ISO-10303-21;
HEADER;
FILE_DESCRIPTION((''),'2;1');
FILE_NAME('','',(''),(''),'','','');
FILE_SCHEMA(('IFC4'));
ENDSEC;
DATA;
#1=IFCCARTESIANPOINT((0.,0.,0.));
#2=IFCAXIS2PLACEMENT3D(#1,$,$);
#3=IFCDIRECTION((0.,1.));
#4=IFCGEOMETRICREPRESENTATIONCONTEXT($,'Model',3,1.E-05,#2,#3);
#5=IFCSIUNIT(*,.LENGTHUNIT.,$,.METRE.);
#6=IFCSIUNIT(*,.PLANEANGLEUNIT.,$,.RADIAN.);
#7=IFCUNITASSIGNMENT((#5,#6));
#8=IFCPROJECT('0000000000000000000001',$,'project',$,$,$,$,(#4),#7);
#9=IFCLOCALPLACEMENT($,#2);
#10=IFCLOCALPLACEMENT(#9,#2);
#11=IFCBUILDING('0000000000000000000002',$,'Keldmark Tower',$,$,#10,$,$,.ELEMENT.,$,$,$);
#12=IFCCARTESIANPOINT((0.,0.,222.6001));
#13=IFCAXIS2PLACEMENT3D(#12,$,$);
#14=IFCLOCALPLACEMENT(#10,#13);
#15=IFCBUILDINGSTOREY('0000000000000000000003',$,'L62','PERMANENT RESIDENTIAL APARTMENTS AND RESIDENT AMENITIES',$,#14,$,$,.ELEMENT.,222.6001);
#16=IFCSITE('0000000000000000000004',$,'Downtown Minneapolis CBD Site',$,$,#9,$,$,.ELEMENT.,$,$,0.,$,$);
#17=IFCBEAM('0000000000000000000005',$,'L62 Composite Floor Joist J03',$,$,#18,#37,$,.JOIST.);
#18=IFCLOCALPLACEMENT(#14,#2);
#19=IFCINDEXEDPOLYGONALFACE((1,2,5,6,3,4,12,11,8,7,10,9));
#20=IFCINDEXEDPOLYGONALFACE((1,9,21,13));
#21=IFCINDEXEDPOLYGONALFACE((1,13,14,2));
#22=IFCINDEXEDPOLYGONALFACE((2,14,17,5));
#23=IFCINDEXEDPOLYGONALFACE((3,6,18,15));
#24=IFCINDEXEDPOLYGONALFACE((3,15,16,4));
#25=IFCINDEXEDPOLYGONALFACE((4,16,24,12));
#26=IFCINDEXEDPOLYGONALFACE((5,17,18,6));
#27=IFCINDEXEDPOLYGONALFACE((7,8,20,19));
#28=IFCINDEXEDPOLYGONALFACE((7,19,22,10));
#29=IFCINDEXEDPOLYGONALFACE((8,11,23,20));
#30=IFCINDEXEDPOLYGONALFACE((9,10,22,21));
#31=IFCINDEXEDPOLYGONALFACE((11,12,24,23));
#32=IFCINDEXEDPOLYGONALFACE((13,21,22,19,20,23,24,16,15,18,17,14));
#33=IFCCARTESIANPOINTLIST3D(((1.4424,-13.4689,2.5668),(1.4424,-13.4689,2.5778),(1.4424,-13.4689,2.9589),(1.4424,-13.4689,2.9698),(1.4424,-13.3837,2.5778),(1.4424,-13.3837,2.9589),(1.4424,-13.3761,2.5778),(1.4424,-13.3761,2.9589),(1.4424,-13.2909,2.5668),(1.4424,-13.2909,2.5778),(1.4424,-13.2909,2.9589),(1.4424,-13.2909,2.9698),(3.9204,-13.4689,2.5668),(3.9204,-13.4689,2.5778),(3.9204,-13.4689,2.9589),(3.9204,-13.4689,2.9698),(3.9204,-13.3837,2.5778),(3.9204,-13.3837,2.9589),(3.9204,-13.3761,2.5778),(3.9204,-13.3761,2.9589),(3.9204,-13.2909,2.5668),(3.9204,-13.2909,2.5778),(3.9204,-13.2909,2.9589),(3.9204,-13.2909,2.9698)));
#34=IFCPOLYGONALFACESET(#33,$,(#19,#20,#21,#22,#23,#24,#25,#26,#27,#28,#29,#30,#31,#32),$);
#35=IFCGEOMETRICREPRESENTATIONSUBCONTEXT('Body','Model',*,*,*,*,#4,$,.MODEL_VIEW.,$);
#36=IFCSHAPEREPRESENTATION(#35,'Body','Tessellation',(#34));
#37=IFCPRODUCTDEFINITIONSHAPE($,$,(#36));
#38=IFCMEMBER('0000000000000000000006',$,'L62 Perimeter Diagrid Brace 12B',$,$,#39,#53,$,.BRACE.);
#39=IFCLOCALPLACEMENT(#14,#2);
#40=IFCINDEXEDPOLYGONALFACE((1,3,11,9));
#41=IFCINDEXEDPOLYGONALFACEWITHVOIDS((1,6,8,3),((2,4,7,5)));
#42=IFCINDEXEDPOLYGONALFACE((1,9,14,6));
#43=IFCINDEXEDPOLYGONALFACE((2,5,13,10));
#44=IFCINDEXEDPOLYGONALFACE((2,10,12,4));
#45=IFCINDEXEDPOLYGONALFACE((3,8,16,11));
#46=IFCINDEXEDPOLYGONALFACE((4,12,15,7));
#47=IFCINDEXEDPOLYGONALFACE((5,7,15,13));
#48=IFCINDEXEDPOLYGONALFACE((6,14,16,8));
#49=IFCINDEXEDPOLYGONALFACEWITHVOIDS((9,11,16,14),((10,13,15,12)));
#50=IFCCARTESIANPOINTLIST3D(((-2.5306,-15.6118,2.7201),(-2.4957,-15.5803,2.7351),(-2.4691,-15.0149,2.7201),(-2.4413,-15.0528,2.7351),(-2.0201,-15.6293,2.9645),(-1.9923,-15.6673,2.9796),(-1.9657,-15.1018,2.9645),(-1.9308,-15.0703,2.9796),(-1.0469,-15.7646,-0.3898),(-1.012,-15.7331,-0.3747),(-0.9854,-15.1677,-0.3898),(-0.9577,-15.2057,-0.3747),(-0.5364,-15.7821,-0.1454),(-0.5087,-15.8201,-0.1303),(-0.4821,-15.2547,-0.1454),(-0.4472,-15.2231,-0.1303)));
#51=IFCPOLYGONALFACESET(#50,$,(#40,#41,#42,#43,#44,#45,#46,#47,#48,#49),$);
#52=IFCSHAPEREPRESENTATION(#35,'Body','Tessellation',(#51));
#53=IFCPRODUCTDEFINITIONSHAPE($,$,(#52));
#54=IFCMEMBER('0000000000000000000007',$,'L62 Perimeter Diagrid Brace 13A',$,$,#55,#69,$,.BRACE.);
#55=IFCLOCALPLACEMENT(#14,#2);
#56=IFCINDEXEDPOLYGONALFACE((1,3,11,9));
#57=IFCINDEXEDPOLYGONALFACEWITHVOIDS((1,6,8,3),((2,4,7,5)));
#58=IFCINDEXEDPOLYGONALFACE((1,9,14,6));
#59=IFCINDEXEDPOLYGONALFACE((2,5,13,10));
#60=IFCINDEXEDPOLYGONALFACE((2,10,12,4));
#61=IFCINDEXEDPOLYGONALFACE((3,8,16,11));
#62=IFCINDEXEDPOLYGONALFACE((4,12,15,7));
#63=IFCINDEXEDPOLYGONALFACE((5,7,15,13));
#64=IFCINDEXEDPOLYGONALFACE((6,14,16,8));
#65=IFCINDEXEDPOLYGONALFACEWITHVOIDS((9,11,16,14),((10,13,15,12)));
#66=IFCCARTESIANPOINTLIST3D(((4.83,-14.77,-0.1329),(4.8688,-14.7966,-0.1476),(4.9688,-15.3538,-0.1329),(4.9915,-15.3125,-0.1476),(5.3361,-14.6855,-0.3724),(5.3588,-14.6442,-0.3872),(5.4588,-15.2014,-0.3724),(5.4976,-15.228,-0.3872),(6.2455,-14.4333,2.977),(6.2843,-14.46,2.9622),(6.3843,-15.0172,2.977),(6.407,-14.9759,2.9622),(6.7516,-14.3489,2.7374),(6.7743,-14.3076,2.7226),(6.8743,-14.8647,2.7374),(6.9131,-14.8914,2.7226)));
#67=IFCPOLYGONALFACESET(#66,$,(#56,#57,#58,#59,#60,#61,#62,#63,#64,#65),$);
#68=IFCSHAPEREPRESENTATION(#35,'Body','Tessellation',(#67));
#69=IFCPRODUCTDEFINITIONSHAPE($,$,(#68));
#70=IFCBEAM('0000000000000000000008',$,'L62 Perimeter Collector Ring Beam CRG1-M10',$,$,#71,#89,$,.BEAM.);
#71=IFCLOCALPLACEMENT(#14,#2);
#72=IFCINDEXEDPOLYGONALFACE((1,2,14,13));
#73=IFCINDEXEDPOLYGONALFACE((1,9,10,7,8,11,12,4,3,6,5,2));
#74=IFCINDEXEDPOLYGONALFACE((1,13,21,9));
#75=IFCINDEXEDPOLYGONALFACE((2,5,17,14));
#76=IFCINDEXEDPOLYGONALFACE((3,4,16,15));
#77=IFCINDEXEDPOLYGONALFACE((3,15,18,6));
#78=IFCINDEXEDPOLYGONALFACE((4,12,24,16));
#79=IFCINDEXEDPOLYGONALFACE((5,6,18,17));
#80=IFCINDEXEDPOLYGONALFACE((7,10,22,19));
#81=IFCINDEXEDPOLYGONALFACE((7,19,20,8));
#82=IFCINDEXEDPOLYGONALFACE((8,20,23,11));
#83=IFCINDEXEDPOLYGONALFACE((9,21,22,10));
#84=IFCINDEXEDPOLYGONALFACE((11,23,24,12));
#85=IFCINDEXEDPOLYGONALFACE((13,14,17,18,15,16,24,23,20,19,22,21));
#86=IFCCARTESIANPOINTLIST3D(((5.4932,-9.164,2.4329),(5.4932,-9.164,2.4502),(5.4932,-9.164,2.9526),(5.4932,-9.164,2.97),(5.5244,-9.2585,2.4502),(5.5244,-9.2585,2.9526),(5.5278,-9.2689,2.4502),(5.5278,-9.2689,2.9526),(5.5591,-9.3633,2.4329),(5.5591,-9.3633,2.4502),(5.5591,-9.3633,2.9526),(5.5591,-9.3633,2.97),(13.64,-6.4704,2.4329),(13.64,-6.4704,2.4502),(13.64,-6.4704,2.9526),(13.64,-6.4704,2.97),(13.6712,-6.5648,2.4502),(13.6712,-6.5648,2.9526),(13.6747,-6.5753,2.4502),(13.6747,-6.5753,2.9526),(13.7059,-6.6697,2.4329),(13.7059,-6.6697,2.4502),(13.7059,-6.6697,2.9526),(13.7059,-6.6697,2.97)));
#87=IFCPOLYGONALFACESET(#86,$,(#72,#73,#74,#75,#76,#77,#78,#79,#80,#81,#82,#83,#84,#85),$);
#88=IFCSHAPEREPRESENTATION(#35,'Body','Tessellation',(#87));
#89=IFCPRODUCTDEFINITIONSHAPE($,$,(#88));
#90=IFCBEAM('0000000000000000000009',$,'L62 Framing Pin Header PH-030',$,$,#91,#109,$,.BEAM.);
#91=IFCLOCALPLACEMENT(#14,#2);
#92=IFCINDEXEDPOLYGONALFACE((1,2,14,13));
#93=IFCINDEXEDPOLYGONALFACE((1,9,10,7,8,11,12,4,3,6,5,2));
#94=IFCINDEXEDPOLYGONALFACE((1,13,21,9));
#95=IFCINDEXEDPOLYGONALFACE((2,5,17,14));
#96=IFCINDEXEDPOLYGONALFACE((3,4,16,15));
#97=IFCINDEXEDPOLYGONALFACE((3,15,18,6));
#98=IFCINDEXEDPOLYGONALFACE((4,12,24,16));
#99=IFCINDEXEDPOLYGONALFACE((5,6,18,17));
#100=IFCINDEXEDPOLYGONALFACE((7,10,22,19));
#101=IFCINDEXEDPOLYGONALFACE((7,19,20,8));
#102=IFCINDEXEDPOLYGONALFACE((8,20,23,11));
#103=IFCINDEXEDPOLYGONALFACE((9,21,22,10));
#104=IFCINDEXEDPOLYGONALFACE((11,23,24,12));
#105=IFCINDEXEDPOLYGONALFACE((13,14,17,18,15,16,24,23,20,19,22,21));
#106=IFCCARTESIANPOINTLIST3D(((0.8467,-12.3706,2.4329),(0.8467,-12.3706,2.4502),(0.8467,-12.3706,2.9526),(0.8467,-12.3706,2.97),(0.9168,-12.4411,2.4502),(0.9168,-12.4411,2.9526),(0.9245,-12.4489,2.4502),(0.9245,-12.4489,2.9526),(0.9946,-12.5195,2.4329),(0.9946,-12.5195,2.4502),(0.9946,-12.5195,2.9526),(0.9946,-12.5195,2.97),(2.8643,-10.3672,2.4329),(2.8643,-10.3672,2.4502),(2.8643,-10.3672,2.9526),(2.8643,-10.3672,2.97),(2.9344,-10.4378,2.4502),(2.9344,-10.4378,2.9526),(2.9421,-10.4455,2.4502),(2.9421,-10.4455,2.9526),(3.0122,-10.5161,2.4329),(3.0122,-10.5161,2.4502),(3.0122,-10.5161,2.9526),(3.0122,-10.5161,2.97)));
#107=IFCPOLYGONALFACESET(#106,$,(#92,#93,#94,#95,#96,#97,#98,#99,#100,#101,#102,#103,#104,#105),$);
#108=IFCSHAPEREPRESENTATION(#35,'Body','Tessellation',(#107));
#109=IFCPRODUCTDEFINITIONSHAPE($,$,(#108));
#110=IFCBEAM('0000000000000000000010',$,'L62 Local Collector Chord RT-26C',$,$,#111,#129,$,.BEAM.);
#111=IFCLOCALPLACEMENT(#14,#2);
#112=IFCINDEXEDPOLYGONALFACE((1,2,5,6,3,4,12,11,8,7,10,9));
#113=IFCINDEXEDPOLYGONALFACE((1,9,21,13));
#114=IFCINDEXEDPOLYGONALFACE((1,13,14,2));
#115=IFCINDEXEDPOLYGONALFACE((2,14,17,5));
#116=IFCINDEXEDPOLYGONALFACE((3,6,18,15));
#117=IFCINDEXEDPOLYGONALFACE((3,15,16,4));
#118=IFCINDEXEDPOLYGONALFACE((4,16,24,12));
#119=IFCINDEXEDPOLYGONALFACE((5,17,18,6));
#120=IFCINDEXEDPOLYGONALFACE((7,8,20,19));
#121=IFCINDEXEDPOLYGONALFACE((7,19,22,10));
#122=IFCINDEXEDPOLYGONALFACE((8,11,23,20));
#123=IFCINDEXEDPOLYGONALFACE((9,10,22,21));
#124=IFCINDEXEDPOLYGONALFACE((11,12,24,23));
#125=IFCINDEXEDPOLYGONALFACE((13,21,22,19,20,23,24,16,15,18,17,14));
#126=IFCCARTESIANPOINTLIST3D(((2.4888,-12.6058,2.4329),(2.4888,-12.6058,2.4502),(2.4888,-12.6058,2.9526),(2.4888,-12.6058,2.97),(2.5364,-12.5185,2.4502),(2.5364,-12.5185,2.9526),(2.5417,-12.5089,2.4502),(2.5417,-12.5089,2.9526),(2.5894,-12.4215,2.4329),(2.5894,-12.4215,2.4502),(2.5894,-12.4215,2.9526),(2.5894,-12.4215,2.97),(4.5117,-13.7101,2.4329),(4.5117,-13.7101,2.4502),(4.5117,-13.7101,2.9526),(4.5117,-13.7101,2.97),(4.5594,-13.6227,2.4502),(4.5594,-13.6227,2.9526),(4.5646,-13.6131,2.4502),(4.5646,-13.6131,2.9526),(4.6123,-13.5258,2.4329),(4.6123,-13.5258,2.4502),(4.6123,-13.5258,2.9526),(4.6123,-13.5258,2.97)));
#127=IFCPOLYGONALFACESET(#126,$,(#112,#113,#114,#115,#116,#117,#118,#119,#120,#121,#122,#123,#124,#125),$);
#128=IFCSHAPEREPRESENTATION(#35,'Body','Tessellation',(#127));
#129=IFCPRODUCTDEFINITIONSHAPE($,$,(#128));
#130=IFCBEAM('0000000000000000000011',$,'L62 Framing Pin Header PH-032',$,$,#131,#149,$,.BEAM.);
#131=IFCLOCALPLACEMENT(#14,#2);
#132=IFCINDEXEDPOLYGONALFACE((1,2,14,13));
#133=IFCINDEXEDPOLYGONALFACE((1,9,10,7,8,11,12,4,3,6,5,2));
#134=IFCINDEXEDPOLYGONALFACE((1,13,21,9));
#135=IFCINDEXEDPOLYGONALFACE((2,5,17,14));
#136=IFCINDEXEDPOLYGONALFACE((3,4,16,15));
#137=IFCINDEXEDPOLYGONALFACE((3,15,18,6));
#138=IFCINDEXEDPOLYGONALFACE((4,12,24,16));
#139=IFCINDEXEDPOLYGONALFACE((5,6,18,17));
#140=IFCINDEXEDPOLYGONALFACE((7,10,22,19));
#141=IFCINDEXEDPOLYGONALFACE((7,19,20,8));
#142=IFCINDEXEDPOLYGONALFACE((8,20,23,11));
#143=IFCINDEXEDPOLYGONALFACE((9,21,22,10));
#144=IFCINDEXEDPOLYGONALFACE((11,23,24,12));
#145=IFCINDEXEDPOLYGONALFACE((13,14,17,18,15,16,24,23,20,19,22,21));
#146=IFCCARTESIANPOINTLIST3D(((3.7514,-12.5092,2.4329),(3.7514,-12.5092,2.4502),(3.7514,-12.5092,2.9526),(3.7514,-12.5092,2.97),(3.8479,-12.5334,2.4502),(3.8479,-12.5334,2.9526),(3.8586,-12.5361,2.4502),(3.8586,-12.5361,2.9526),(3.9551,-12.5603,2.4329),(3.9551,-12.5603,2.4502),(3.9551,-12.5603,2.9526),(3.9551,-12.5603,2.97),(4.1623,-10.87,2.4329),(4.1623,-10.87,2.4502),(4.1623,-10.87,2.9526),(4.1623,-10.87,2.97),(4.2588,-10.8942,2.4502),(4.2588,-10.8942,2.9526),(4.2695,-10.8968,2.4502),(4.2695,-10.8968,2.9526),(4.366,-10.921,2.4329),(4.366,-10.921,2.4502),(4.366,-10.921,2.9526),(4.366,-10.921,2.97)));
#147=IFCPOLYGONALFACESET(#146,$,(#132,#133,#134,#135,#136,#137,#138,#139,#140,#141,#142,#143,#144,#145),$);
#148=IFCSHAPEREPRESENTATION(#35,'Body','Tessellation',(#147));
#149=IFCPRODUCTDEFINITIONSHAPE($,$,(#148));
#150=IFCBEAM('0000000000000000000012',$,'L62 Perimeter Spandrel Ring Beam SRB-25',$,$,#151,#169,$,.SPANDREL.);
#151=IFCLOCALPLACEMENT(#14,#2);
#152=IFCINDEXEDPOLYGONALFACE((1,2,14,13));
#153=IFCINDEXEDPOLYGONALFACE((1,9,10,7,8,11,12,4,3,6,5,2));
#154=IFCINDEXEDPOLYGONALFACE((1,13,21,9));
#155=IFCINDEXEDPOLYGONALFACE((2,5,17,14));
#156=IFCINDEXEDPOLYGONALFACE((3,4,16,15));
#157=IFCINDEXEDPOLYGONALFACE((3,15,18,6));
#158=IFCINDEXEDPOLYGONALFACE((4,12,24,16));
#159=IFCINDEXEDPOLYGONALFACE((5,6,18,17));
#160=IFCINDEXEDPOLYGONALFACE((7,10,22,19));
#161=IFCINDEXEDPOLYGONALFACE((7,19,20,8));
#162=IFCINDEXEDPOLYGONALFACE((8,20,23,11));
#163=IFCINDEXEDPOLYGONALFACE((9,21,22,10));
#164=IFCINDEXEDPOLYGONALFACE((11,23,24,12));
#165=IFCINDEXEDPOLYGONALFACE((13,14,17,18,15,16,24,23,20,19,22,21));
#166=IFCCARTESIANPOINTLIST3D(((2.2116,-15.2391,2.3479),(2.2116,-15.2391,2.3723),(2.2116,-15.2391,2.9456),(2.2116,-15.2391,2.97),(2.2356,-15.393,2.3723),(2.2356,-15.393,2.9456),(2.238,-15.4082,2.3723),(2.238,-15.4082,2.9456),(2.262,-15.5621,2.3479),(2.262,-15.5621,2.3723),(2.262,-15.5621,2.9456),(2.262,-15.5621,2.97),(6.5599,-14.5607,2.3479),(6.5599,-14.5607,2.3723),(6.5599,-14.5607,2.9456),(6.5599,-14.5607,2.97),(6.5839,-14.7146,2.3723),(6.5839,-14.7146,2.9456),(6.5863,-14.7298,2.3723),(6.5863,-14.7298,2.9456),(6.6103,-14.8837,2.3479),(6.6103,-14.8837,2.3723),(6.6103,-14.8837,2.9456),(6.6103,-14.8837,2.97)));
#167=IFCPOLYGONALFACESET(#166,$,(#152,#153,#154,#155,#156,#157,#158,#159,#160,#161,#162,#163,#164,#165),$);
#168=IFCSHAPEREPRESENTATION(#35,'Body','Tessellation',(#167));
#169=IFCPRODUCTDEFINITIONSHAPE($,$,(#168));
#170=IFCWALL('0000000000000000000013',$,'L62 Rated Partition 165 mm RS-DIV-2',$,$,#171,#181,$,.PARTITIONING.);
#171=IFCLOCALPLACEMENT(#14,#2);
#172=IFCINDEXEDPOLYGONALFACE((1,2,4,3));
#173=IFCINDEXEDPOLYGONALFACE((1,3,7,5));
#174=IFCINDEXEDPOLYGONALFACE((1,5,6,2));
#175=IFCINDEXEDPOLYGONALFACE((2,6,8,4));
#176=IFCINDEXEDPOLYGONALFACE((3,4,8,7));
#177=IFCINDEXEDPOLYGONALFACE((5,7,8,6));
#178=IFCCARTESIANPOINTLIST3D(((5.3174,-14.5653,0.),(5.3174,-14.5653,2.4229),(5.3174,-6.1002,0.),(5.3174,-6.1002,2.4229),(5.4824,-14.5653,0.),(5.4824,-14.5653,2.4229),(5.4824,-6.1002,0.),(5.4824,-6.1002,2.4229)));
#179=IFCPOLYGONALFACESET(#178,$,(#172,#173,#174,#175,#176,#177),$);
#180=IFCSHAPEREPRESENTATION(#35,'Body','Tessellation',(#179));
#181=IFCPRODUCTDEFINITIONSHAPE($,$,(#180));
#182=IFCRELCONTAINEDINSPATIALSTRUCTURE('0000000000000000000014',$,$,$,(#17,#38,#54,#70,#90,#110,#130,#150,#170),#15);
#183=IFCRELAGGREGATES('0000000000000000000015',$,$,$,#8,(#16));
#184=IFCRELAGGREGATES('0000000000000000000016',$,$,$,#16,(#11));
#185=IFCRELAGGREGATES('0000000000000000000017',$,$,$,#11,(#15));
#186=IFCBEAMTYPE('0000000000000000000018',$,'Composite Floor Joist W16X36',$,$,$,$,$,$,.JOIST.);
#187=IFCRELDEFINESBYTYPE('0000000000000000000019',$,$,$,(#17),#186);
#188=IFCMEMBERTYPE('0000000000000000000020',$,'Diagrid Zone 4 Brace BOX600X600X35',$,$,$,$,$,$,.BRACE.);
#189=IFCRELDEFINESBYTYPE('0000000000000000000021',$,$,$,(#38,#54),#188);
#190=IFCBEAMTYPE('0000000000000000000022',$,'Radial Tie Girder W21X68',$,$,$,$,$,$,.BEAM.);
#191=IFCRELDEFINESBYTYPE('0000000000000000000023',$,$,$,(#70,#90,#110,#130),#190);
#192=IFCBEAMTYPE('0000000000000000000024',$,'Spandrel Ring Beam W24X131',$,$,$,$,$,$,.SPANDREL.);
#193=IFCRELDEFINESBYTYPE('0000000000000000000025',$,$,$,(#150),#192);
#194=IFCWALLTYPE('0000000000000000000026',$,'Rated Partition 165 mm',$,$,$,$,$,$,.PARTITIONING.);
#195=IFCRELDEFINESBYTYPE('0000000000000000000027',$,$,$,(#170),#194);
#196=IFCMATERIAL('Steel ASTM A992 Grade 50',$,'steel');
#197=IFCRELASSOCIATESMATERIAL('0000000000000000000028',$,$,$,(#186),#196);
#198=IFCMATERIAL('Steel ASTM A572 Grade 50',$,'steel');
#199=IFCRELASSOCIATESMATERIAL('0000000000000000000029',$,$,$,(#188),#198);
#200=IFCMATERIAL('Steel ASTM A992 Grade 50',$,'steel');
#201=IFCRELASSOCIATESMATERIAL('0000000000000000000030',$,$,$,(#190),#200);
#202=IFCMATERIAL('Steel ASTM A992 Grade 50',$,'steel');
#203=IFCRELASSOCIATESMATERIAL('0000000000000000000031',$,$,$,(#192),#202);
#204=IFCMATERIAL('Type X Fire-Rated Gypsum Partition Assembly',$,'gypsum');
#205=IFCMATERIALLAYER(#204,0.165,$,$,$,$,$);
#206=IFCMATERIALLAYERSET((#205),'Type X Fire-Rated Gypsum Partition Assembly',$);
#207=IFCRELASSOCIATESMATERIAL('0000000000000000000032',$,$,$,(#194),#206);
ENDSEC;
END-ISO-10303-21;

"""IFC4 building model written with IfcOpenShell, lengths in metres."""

from ifc_helpers import new_model, si_unit, direction, frame, frame_2d, origin, origin_2d, place, context, subcontext, project, spatial, rectangle, hollow_rectangle, i_section, extrude, material, layer, layer_set, material_profile, profile_set, type_object, element, save


model = new_model("IFC4")

# Units and contexts
model_context = context("Model", 3, precision=1e-05, world=origin(), true_north=direction((0.0, 1.0)))
body_context = subcontext(model_context, "Body", "Model", "MODEL_VIEW")
ifc_project = project(units=[si_unit("LENGTHUNIT", "METRE"), si_unit("PLANEANGLEUNIT", "RADIAN")], contexts=[model_context])

# Site, building, storey
site_placement = place(None, origin())
site = spatial("IfcSite", under=ifc_project, at=site_placement, Name="Downtown Minneapolis CBD Site", CompositionType="ELEMENT", RefElevation=0.0)
building_placement = place(site_placement, origin())
building = spatial("IfcBuilding", under=site, at=building_placement, Name="Keldmark Tower", CompositionType="ELEMENT")
storey_placement = place(building_placement, frame((0.0, 0.0, 222.6001)))
storey = spatial("IfcBuildingStorey", under=building, at=storey_placement, Name="L62", Description="PERMANENT RESIDENTIAL APARTMENTS AND RESIDENT AMENITIES", CompositionType="ELEMENT", Elevation=222.6001)

# Beam
ifc_material_1 = material(Name="Steel ASTM A992 Grade 50", Category="steel")
ifc_material_profile_1 = material_profile(ifc_material_1, i_section(OverallWidth=0.178, OverallDepth=0.4031, WebThickness=0.0076, FlangeThickness=0.011, at=origin_2d()), Name="W16X36")
ifc_profile_set_1 = profile_set([ifc_material_profile_1], Name="Steel ASTM A992 Grade 50")
beam_type_1 = type_object("IfcBeamType", Name="Composite Floor Joist W16X36", PredefinedType="JOIST", material=ifc_profile_set_1)
beam_1_placement = place(storey_placement, frame((1.4424, -13.3799, 2.7683), z_axis=(1.0, 0.0, 0.0), x_axis=(0.0, 1.0, 0.0)))
element("IfcBeam", 1, at=beam_1_placement, inside=storey, type_object=beam_type_1, Name="L62 Composite Floor Joist J03", PredefinedType="JOIST", context=body_context, shape_type="SweptSolid", body=[
    extrude(i_section(OverallWidth=0.178, OverallDepth=0.4031, WebThickness=0.0076, FlangeThickness=0.011, at=origin_2d()), origin(), (0.0, 0.0, 1.0), 2.478),
])

# Members
ifc_material_2 = material(Name="Steel ASTM A572 Grade 50", Category="steel")
ifc_material_profile_2 = material_profile(ifc_material_2, hollow_rectangle(XDim=0.6001, YDim=0.6001, WallThickness=0.0349, at=origin_2d()), Name="BOX600X600X35")
ifc_profile_set_2 = profile_set([ifc_material_profile_2], Name="Steel ASTM A572 Grade 50")
member_type = type_object("IfcMemberType", Name="Diagrid Zone 4 Brace BOX600X600X35", PredefinedType="BRACE", material=ifc_profile_set_2)
member_1_placement = place(storey_placement, frame((-0.7471, -15.4939, -0.26), z_axis=(-0.430162, 0.044312, 0.901663), x_axis=(-0.102469, -0.994736, 0.0)))
element("IfcMember", 2, at=member_1_placement, inside=storey, type_object=member_type, Name="L62 Perimeter Diagrid Brace 12B", PredefinedType="BRACE", context=body_context, shape_type="SweptSolid", body=[
    extrude(hollow_rectangle(XDim=0.6001, YDim=0.6001, WallThickness=0.0349, at=origin_2d()), origin(), (0.0, 0.0, 1.0), 3.449),
])
member_2_placement = place(storey_placement, frame((5.1638, -14.999, -0.26), z_axis=(0.41228, 0.098057, 0.905765), x_axis=(-0.231386, 0.972862, 0.0)))
element("IfcMember", 3, at=member_2_placement, inside=storey, type_object=member_type, Name="L62 Perimeter Diagrid Brace 13A", PredefinedType="BRACE", context=body_context, shape_type="SweptSolid", body=[
    extrude(hollow_rectangle(XDim=0.6001, YDim=0.6001, WallThickness=0.0349, at=origin_2d()), origin(), (0.0, 0.0, 1.0), 3.4333),
])

# Beams
ifc_material_3 = material(Name="Steel ASTM A992 Grade 50", Category="steel")
ifc_material_profile_3 = material_profile(ifc_material_3, i_section(OverallWidth=0.21, OverallDepth=0.5371, WebThickness=0.011, FlangeThickness=0.0173, at=origin_2d()), Name="W21X68")
ifc_profile_set_3 = profile_set([ifc_material_profile_3], Name="Steel ASTM A992 Grade 50")
beam_type_2 = type_object("IfcBeamType", Name="Radial Tie Girder W21X68", PredefinedType="BEAM", material=ifc_profile_set_3)
beam_2_placement = place(storey_placement, frame((5.5261, -9.2637, 2.7014), z_axis=(0.949449, 0.313922, 0.0), x_axis=(-0.313922, 0.949449, 0.0)))
element("IfcBeam", 4, at=beam_2_placement, inside=storey, type_object=beam_type_2, Name="L62 Perimeter Collector Ring Beam CRG1-M10", PredefinedType="BEAM", context=body_context, shape_type="SweptSolid", body=[
    extrude(i_section(OverallWidth=0.21, OverallDepth=0.5371, WebThickness=0.011, FlangeThickness=0.0173, at=origin_2d()), origin(), (0.0, 0.0, 1.0), 8.5806),
])
beam_3_placement = place(storey_placement, frame((2.9382, -10.4417, 2.7014), z_axis=(-0.709592, -0.704612, 0.0), x_axis=(0.704612, -0.709592, 0.0)))
element("IfcBeam", 5, at=beam_3_placement, inside=storey, type_object=beam_type_2, Name="L62 Framing Pin Header PH-030", PredefinedType="BEAM", context=body_context, shape_type="SweptSolid", body=[
    extrude(i_section(OverallWidth=0.21, OverallDepth=0.5371, WebThickness=0.011, FlangeThickness=0.0173, at=origin_2d()), origin(), (0.0, 0.0, 1.0), 2.8433),
])
beam_4_placement = place(storey_placement, frame((2.5391, -12.5137, 2.7014), z_axis=(0.877746, -0.479127, 0.0), x_axis=(0.479127, 0.877746, 0.0)))
element("IfcBeam", 6, at=beam_4_placement, inside=storey, type_object=beam_type_2, Name="L62 Local Collector Chord RT-26C", PredefinedType="BEAM", context=body_context, shape_type="SweptSolid", body=[
    extrude(i_section(OverallWidth=0.21, OverallDepth=0.5371, WebThickness=0.011, FlangeThickness=0.0173, at=origin_2d()), origin(), (0.0, 0.0, 1.0), 2.3047),
])
beam_5_placement = place(storey_placement, frame((4.2642, -10.8955, 2.7014), z_axis=(-0.243147, -0.969989, 0.0), x_axis=(0.969989, -0.243147, 0.0)))
element("IfcBeam", 7, at=beam_5_placement, inside=storey, type_object=beam_type_2, Name="L62 Framing Pin Header PH-032", PredefinedType="BEAM", context=body_context, shape_type="SweptSolid", body=[
    extrude(i_section(OverallWidth=0.21, OverallDepth=0.5371, WebThickness=0.011, FlangeThickness=0.0173, at=origin_2d()), origin(), (0.0, 0.0, 1.0), 1.6899),
])
ifc_material_4 = material(Name="Steel ASTM A992 Grade 50", Category="steel")
ifc_material_profile_4 = material_profile(ifc_material_4, i_section(OverallWidth=0.3269, OverallDepth=0.6221, WebThickness=0.0154, FlangeThickness=0.0244, at=origin_2d()), Name="W24X131")
ifc_profile_set_4 = profile_set([ifc_material_profile_4], Name="Steel ASTM A992 Grade 50")
beam_type_3 = type_object("IfcBeamType", Name="Spandrel Ring Beam W24X131", PredefinedType="SPANDREL", material=ifc_profile_set_4)
beam_6_placement = place(storey_placement, frame((2.2368, -15.4006, 2.6589), z_axis=(0.988046, 0.154162, 0.0), x_axis=(-0.154162, 0.988046, 0.0)))
element("IfcBeam", 8, at=beam_6_placement, inside=storey, type_object=beam_type_3, Name="L62 Perimeter Spandrel Ring Beam SRB-25", PredefinedType="SPANDREL", context=body_context, shape_type="SweptSolid", body=[
    extrude(i_section(OverallWidth=0.3269, OverallDepth=0.6221, WebThickness=0.0154, FlangeThickness=0.0244, at=origin_2d()), origin(), (0.0, 0.0, 1.0), 4.4009),
])

# Wall
ifc_material_5 = material(Name="Type X Fire-Rated Gypsum Partition Assembly", Category="gypsum")
ifc_layer_1 = layer(ifc_material_5, 0.165)
ifc_layer_set_1 = layer_set([ifc_layer_1], Name="Type X Fire-Rated Gypsum Partition Assembly")
wall_type_1 = type_object("IfcWallType", Name="Rated Partition 165 mm", PredefinedType="PARTITIONING", material=ifc_layer_set_1)
wall_1_placement = place(storey_placement, frame((5.3999, -14.5652, 0.0), z_axis=(0.0, 0.0, 1.0), x_axis=(0.0, 1.0, 0.0)))
element("IfcWall", 9, at=wall_1_placement, inside=storey, type_object=wall_type_1, Name="L62 Rated Partition 165 mm RS-DIV-2", PredefinedType="PARTITIONING", context=body_context, shape_type="SweptSolid", body=[
    extrude(rectangle(XDim=8.4651, YDim=0.165, at=frame_2d((4.2324, 0.0))), origin(), (0.0, 0.0, 1.0), 2.4229),
])

save(model, "model.ifc")
